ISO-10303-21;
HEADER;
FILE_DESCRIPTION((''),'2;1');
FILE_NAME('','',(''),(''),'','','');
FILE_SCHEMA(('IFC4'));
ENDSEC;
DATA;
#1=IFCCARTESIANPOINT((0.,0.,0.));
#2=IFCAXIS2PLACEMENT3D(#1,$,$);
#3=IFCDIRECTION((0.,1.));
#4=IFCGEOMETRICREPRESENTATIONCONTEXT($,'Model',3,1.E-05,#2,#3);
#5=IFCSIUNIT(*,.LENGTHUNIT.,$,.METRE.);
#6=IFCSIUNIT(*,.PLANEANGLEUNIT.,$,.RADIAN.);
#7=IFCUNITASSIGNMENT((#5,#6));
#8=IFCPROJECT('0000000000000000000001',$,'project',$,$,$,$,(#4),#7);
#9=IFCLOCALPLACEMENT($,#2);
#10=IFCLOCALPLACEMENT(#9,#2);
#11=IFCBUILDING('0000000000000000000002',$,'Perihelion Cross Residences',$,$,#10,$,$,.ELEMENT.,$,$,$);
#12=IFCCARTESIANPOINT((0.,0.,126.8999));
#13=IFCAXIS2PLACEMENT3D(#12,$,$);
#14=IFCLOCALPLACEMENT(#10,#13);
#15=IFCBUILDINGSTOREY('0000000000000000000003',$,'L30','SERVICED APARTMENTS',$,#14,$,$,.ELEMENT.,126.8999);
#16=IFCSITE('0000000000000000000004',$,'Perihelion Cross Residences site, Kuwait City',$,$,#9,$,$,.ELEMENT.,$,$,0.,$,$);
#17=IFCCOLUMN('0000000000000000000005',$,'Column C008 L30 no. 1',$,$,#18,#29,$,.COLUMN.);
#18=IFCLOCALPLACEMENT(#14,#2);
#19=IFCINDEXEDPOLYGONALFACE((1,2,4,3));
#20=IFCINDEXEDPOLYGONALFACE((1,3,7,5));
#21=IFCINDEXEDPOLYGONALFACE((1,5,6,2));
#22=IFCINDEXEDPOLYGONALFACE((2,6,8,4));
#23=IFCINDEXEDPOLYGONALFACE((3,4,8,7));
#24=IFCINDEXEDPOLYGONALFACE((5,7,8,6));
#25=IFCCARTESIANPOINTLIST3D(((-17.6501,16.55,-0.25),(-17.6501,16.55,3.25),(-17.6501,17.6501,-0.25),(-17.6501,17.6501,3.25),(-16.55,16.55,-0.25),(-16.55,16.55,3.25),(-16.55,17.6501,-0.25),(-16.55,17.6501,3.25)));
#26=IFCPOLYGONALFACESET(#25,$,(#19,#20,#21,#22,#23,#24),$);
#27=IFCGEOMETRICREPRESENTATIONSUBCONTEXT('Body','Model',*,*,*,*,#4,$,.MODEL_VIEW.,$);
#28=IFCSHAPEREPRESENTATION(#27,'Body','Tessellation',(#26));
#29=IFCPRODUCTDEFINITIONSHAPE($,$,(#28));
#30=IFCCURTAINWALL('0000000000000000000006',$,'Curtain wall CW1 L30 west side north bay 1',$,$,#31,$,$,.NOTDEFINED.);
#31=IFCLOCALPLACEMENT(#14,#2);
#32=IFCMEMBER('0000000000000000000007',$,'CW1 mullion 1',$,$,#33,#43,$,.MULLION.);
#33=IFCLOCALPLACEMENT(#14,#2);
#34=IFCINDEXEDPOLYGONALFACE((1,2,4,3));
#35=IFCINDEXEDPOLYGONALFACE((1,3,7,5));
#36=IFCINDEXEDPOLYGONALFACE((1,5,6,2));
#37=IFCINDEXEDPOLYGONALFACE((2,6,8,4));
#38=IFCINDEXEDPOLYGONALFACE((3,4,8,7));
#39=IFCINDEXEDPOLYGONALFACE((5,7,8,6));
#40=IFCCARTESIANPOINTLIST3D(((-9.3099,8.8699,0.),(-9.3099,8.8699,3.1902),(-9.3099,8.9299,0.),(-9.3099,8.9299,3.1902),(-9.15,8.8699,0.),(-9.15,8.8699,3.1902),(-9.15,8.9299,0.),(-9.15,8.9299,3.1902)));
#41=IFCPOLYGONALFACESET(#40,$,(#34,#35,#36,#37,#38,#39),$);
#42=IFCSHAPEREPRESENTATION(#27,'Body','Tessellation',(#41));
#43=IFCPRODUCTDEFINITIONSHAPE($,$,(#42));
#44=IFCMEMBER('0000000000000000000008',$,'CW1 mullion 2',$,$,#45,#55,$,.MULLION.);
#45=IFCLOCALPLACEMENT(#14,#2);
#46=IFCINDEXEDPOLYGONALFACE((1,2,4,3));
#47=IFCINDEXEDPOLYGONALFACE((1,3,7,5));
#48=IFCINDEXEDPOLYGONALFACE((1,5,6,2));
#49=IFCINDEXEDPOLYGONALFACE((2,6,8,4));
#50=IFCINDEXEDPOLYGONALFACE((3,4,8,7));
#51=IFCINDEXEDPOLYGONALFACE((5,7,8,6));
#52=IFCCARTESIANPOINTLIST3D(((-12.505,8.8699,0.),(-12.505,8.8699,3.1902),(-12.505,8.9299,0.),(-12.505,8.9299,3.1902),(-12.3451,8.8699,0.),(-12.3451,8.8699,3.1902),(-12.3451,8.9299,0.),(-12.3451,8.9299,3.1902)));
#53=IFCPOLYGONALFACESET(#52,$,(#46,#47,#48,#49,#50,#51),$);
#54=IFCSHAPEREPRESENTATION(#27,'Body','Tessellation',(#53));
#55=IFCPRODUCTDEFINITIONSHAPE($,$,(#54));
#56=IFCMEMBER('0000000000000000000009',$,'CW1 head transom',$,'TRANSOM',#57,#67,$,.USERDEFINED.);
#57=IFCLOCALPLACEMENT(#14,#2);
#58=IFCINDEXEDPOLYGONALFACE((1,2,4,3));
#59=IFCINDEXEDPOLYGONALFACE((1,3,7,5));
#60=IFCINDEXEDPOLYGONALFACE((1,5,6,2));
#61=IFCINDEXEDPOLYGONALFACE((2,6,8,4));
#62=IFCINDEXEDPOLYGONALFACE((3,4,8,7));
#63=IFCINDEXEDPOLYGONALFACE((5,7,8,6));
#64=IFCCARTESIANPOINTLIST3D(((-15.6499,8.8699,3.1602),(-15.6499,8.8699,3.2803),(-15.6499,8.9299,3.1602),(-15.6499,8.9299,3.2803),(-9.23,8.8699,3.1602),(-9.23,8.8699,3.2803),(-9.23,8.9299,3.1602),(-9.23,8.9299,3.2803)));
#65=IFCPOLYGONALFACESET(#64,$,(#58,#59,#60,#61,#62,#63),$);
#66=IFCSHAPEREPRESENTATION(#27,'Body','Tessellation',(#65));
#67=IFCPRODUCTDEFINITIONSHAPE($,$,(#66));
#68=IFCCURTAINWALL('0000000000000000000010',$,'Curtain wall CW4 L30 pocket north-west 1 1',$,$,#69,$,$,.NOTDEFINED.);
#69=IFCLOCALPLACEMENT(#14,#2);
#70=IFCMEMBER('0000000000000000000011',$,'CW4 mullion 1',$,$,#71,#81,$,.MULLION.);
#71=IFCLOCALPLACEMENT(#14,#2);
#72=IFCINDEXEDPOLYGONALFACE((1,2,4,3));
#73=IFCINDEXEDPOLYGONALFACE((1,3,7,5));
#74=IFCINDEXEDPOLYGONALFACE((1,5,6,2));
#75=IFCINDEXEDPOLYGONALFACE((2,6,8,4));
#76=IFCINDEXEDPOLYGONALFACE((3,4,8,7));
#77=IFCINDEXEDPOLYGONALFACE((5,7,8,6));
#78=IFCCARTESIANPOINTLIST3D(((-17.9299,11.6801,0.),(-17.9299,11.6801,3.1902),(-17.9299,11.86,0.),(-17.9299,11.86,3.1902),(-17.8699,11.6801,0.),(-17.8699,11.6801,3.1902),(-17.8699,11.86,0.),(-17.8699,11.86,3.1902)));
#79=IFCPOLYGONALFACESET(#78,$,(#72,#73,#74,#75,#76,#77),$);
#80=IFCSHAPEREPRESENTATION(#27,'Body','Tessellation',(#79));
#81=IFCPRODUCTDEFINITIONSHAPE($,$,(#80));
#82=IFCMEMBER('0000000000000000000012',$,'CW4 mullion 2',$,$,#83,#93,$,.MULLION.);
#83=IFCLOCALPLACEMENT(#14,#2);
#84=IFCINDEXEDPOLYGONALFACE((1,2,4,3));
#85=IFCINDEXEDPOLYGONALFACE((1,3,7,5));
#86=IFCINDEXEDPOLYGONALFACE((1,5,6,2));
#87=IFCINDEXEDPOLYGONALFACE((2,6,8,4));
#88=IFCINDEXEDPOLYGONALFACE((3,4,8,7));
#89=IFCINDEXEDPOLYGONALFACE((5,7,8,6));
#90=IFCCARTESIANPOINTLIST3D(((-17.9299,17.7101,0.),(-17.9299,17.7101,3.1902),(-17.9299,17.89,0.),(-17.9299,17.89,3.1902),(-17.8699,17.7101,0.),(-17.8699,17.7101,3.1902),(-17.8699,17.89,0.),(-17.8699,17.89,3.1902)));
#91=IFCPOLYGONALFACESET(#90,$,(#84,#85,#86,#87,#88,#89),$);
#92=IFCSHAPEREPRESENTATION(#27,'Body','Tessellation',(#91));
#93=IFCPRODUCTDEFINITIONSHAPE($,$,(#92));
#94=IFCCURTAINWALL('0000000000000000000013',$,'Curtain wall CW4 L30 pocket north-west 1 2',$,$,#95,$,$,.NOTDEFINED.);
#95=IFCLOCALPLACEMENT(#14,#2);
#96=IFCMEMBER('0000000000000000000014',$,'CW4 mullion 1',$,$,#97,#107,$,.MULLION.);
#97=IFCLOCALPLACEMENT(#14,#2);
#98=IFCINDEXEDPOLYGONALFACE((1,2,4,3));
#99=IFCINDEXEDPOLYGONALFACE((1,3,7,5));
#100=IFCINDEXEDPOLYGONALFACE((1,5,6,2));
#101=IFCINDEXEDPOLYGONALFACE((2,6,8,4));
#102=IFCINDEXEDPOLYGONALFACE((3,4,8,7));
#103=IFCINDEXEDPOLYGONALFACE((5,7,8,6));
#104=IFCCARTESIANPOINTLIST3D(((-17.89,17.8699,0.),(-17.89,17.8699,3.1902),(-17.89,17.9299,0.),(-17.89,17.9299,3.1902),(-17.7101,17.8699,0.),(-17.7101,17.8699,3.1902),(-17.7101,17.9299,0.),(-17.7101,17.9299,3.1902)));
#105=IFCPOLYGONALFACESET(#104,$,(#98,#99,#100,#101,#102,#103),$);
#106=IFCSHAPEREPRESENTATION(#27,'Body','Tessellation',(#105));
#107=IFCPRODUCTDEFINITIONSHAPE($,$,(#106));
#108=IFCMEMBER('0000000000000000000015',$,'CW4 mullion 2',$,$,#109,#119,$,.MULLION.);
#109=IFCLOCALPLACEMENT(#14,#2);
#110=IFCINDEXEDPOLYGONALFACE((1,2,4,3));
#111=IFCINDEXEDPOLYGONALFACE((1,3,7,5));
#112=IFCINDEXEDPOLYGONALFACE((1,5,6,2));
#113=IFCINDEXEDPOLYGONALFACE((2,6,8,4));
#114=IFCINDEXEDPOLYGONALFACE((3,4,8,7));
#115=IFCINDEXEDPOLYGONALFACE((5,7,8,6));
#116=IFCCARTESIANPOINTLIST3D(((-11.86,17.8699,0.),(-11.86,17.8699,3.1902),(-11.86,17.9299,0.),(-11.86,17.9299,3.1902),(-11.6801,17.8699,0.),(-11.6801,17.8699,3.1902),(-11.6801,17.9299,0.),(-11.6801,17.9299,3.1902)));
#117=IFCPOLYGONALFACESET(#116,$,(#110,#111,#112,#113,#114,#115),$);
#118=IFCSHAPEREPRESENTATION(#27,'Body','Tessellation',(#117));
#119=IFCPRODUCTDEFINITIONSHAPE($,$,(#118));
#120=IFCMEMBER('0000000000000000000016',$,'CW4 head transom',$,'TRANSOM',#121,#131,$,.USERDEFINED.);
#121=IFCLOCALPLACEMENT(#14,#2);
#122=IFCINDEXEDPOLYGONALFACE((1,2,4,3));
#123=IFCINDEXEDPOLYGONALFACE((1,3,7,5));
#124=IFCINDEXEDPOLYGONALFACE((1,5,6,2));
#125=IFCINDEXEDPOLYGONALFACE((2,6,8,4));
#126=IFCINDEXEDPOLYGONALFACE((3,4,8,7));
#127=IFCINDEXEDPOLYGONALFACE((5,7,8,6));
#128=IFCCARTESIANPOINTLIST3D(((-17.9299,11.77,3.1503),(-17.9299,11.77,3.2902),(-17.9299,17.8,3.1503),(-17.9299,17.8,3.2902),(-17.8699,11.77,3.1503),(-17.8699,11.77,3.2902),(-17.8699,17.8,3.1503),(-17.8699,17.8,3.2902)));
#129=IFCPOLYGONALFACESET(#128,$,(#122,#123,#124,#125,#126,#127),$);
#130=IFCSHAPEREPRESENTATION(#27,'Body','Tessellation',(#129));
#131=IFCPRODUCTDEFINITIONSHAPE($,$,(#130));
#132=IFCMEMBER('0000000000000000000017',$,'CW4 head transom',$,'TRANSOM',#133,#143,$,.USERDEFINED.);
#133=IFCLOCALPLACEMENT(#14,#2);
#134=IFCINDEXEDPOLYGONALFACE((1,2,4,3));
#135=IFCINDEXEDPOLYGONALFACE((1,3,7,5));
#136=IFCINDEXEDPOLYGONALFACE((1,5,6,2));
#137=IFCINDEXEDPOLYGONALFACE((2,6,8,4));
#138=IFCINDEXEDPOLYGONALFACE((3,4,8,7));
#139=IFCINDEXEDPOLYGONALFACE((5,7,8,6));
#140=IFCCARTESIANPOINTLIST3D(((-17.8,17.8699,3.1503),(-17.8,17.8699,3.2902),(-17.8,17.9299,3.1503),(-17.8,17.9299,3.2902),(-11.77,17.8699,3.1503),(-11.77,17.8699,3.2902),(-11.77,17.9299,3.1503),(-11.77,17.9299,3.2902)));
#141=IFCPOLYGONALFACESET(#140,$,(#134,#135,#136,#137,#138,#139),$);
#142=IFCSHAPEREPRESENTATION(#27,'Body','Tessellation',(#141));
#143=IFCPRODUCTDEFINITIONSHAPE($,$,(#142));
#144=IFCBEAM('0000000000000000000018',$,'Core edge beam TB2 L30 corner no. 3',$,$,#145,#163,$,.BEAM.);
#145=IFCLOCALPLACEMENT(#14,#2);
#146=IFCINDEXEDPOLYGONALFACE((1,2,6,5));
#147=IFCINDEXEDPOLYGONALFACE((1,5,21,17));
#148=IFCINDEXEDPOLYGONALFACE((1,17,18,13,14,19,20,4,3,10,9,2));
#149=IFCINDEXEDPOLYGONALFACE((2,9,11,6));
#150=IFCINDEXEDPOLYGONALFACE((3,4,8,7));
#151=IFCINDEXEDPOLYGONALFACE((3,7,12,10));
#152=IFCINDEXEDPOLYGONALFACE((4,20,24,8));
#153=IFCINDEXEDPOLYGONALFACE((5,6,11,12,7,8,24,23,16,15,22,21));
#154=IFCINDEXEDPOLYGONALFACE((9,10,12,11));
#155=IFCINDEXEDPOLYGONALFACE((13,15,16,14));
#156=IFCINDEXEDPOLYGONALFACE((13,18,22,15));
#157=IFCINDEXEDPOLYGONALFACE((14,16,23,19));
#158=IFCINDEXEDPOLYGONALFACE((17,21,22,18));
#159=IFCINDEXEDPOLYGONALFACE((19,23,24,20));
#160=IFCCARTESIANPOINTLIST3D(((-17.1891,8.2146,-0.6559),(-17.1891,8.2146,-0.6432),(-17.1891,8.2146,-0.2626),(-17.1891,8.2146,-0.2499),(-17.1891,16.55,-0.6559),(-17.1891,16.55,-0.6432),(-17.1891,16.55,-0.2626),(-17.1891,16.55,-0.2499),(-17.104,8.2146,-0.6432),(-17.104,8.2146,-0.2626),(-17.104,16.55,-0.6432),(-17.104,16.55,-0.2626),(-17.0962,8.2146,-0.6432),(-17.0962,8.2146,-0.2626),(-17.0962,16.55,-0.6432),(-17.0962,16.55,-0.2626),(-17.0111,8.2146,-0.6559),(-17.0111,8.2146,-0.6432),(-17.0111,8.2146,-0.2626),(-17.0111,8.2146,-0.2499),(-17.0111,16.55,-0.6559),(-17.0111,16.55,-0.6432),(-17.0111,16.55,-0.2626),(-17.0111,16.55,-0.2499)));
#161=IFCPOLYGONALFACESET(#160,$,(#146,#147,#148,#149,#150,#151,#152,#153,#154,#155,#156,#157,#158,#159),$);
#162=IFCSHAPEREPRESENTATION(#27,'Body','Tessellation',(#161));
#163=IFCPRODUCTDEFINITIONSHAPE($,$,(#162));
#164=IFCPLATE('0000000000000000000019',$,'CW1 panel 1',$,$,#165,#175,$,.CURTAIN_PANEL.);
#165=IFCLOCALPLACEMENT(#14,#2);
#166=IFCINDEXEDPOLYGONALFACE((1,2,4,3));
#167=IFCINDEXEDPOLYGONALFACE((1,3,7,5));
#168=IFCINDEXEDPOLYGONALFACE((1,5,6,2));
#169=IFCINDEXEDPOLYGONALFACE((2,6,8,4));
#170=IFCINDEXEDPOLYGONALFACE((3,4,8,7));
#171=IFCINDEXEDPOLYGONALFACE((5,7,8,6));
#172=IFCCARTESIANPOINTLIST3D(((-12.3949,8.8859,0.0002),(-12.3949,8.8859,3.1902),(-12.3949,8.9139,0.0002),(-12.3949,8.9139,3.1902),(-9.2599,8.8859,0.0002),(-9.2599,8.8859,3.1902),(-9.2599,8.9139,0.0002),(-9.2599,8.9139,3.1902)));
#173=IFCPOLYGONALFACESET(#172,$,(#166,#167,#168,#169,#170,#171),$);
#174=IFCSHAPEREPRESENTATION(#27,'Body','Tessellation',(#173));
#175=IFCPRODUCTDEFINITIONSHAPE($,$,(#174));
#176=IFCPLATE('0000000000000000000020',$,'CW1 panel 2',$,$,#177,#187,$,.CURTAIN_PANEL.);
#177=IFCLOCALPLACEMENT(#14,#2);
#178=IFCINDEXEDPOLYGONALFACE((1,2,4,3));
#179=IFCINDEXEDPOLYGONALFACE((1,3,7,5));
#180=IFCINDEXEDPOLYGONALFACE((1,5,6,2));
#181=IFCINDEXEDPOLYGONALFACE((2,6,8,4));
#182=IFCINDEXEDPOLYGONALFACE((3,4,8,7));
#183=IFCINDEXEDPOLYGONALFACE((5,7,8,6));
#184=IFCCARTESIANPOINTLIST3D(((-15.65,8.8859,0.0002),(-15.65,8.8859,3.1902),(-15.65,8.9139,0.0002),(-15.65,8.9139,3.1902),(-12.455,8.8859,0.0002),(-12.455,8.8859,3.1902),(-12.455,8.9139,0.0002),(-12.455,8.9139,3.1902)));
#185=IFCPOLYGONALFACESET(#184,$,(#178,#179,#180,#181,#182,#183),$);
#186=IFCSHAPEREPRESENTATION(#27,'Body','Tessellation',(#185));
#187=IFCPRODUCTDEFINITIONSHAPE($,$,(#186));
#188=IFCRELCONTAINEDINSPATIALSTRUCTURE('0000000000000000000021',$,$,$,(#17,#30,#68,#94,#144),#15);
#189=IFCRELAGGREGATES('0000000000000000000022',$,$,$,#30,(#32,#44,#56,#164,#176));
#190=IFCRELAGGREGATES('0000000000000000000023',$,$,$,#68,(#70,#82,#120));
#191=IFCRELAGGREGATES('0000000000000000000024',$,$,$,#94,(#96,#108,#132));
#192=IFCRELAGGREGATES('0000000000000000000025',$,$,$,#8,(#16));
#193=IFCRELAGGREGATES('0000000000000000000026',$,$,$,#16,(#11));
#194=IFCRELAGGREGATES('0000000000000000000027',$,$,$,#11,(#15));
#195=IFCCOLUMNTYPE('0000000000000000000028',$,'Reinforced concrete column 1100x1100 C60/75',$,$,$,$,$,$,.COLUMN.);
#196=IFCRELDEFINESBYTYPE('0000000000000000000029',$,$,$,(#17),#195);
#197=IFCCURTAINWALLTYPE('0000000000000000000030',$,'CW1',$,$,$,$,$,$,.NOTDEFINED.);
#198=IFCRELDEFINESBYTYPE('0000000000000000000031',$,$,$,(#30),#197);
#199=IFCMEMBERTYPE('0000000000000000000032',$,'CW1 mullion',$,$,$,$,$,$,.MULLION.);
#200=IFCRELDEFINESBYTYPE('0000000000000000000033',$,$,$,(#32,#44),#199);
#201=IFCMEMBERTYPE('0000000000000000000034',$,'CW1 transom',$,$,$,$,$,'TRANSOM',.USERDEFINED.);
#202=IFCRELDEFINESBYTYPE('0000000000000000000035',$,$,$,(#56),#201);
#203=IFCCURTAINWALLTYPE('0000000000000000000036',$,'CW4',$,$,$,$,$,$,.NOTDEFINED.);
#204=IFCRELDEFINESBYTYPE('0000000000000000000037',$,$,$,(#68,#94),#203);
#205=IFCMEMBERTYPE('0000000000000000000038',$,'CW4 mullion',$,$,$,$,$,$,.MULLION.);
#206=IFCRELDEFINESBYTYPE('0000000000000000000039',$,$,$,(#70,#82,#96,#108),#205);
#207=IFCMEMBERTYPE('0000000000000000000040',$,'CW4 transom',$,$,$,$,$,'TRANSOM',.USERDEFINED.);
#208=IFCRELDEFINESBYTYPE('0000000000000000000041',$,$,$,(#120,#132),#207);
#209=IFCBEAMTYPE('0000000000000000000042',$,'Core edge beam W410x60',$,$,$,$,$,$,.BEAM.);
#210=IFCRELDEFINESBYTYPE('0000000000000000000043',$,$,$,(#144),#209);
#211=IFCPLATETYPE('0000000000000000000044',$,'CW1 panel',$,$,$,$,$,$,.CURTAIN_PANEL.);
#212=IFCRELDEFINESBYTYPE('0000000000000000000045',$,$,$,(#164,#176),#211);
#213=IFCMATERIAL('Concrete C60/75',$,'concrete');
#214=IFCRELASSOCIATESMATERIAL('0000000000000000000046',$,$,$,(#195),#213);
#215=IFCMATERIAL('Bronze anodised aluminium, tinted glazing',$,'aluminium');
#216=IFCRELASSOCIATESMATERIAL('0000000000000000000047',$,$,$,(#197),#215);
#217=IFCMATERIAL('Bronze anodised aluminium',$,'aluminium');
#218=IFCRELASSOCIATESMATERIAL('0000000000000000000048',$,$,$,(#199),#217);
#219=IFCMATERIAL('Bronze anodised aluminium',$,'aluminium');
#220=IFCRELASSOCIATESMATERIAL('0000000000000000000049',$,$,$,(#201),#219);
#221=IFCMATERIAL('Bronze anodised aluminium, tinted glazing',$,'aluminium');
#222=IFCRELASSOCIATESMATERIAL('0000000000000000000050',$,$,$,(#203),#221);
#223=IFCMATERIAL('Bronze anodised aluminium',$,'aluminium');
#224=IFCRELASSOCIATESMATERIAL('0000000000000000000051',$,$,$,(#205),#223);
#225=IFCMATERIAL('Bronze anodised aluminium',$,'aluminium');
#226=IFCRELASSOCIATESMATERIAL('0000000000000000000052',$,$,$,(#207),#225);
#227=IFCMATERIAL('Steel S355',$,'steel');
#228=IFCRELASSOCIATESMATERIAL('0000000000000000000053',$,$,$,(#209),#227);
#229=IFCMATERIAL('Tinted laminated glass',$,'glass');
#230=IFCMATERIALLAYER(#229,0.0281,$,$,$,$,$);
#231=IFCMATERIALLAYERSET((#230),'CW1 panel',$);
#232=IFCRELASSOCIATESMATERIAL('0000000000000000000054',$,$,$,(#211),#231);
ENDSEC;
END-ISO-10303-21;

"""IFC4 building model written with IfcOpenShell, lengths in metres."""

from ifc_helpers import new_model, si_unit, direction, frame, origin, origin_2d, place, context, subcontext, project, spatial, rectangle, i_section, extrude, material, layer, layer_set, material_profile, profile_set, type_object, element, aggregate, save


model = new_model("IFC4")

# Units and contexts
model_context = context("Model", 3, precision=1e-05, world=origin(), true_north=direction((0.0, 1.0)))
body_context = subcontext(model_context, "Body", "Model", "MODEL_VIEW")
ifc_project = project(units=[si_unit("LENGTHUNIT", "METRE"), si_unit("PLANEANGLEUNIT", "RADIAN")], contexts=[model_context])

# Site, building, storey
site_placement = place(None, origin())
site = spatial("IfcSite", under=ifc_project, at=site_placement, Name="Perihelion Cross Residences site, Kuwait City", CompositionType="ELEMENT", RefElevation=0.0)
building_placement = place(site_placement, origin())
building = spatial("IfcBuilding", under=site, at=building_placement, Name="Perihelion Cross Residences", CompositionType="ELEMENT")
storey_placement = place(building_placement, frame((0.0, 0.0, 126.8999)))
storey = spatial("IfcBuildingStorey", under=building, at=storey_placement, Name="L30", Description="SERVICED APARTMENTS", CompositionType="ELEMENT", Elevation=126.8999)

# Column
ifc_material_1 = material(Name="Concrete C60/75", Category="concrete")
ifc_material_profile_1 = material_profile(ifc_material_1, rectangle(XDim=1.1001, YDim=1.1001, at=origin_2d()), Name="RC 1100x1100")
ifc_profile_set_1 = profile_set([ifc_material_profile_1], Name="Concrete C60/75")
column_type = type_object("IfcColumnType", Name="Reinforced concrete column 1100x1100 C60/75", PredefinedType="COLUMN", material=ifc_profile_set_1)
column_placement = place(storey_placement, frame((-17.1001, 17.1001, -0.25), z_axis=(0.0, 0.0, 1.0), x_axis=(1.0, 0.0, 0.0)))
element("IfcColumn", 1, at=column_placement, inside=storey, type_object=column_type, Name="Column C008 L30 no. 1", PredefinedType="COLUMN", context=body_context, shape_type="SweptSolid", body=[
    extrude(rectangle(XDim=1.1001, YDim=1.1001, at=origin_2d()), origin(), (0.0, 0.0, 1.0), 3.5),
])

# Curtain walls, members
ifc_material_2 = material(Name="Bronze anodised aluminium, tinted glazing", Category="aluminium")
curtain_wall_type_1 = type_object("IfcCurtainWallType", Name="CW1", PredefinedType="NOTDEFINED", material=ifc_material_2)
curtain_wall_1_placement = place(storey_placement, origin())
curtain_wall_1 = element("IfcCurtainWall", 2, at=curtain_wall_1_placement, inside=storey, type_object=curtain_wall_type_1, Name="Curtain wall CW1 L30 west side north bay 1", PredefinedType="NOTDEFINED")
ifc_material_3 = material(Name="Bronze anodised aluminium", Category="aluminium")
ifc_material_profile_2 = material_profile(ifc_material_3, rectangle(XDim=0.0601, YDim=0.1599, at=origin_2d()), Name="CW1 mullion")
ifc_profile_set_2 = profile_set([ifc_material_profile_2], Name="Bronze anodised aluminium")
member_type_1 = type_object("IfcMemberType", Name="CW1 mullion", PredefinedType="MULLION", material=ifc_profile_set_2)
member_1_placement = place(storey_placement, frame((-9.23, 8.8999, 0.0), z_axis=(0.0, 0.0, 1.0), x_axis=(0.0, -1.0, 0.0)))
member_1 = element("IfcMember", 3, at=member_1_placement, type_object=member_type_1, Name="CW1 mullion 1", PredefinedType="MULLION", context=body_context, shape_type="SweptSolid", body=[
    extrude(rectangle(XDim=0.0601, YDim=0.1599, at=origin_2d()), origin(), (0.0, 0.0, 1.0), 3.1902),
])
member_2_placement = place(storey_placement, frame((-12.425, 8.8999, 0.0), z_axis=(0.0, 0.0, 1.0), x_axis=(0.0, -1.0, 0.0)))
member_2 = element("IfcMember", 4, at=member_2_placement, type_object=member_type_1, Name="CW1 mullion 2", PredefinedType="MULLION", context=body_context, shape_type="SweptSolid", body=[
    extrude(rectangle(XDim=0.0601, YDim=0.1599, at=origin_2d()), origin(), (0.0, 0.0, 1.0), 3.1902),
])
ifc_material_4 = material(Name="Bronze anodised aluminium", Category="aluminium")
ifc_material_profile_3 = material_profile(ifc_material_4, rectangle(XDim=0.0601, YDim=0.1201, at=origin_2d()), Name="CW1 transom")
ifc_profile_set_3 = profile_set([ifc_material_profile_3], Name="Bronze anodised aluminium")
member_type_2 = type_object("IfcMemberType", Name="CW1 transom", ElementType="TRANSOM", PredefinedType="USERDEFINED", material=ifc_profile_set_3)
member_3_placement = place(storey_placement, frame((-9.23, 8.8999, 3.2202), z_axis=(-1.0, 0.0, 0.0), x_axis=(0.0, -1.0, 0.0)))
member_3 = element("IfcMember", 5, at=member_3_placement, type_object=member_type_2, Name="CW1 head transom", ObjectType="TRANSOM", PredefinedType="USERDEFINED", context=body_context, shape_type="SweptSolid", body=[
    extrude(rectangle(XDim=0.0601, YDim=0.1201, at=origin_2d()), origin(), (0.0, 0.0, 1.0), 6.4199),
])
ifc_material_5 = material(Name="Bronze anodised aluminium, tinted glazing", Category="aluminium")
curtain_wall_type_2 = type_object("IfcCurtainWallType", Name="CW4", PredefinedType="NOTDEFINED", material=ifc_material_5)
curtain_wall_2_placement = place(storey_placement, origin())
curtain_wall_2 = element("IfcCurtainWall", 6, at=curtain_wall_2_placement, inside=storey, type_object=curtain_wall_type_2, Name="Curtain wall CW4 L30 pocket north-west 1 1", PredefinedType="NOTDEFINED")
ifc_material_6 = material(Name="Bronze anodised aluminium", Category="aluminium")
ifc_material_profile_4 = material_profile(ifc_material_6, rectangle(XDim=0.0601, YDim=0.1799, at=origin_2d()), Name="CW4 mullion")
ifc_profile_set_4 = profile_set([ifc_material_profile_4], Name="Bronze anodised aluminium")
member_type_3 = type_object("IfcMemberType", Name="CW4 mullion", PredefinedType="MULLION", material=ifc_profile_set_4)
member_4_placement = place(storey_placement, frame((-17.8999, 11.77, 0.0), z_axis=(0.0, 0.0, 1.0), x_axis=(-1.0, 0.0, 0.0)))
member_4 = element("IfcMember", 7, at=member_4_placement, type_object=member_type_3, Name="CW4 mullion 1", PredefinedType="MULLION", context=body_context, shape_type="SweptSolid", body=[
    extrude(rectangle(XDim=0.0601, YDim=0.1799, at=origin_2d()), origin(), (0.0, 0.0, 1.0), 3.1902),
])
member_5_placement = place(storey_placement, frame((-17.8999, 17.8, 0.0), z_axis=(0.0, 0.0, 1.0), x_axis=(-1.0, 0.0, 0.0)))
member_5 = element("IfcMember", 8, at=member_5_placement, type_object=member_type_3, Name="CW4 mullion 2", PredefinedType="MULLION", context=body_context, shape_type="SweptSolid", body=[
    extrude(rectangle(XDim=0.0601, YDim=0.1799, at=origin_2d()), origin(), (0.0, 0.0, 1.0), 3.1902),
])
curtain_wall_3_placement = place(storey_placement, origin())
curtain_wall_3 = element("IfcCurtainWall", 9, at=curtain_wall_3_placement, inside=storey, type_object=curtain_wall_type_2, Name="Curtain wall CW4 L30 pocket north-west 1 2", PredefinedType="NOTDEFINED")
member_6_placement = place(storey_placement, frame((-17.8, 17.8999, 0.0), z_axis=(0.0, 0.0, 1.0), x_axis=(0.0, 1.0, 0.0)))
member_6 = element("IfcMember", 10, at=member_6_placement, type_object=member_type_3, Name="CW4 mullion 1", PredefinedType="MULLION", context=body_context, shape_type="SweptSolid", body=[
    extrude(rectangle(XDim=0.0601, YDim=0.1799, at=origin_2d()), origin(), (0.0, 0.0, 1.0), 3.1902),
])
member_7_placement = place(storey_placement, frame((-11.77, 17.8999, 0.0), z_axis=(0.0, 0.0, 1.0), x_axis=(0.0, 1.0, 0.0)))
member_7 = element("IfcMember", 11, at=member_7_placement, type_object=member_type_3, Name="CW4 mullion 2", PredefinedType="MULLION", context=body_context, shape_type="SweptSolid", body=[
    extrude(rectangle(XDim=0.0601, YDim=0.1799, at=origin_2d()), origin(), (0.0, 0.0, 1.0), 3.1902),
])

# Members
ifc_material_7 = material(Name="Bronze anodised aluminium", Category="aluminium")
ifc_material_profile_5 = material_profile(ifc_material_7, rectangle(XDim=0.0601, YDim=0.1399, at=origin_2d()), Name="CW4 transom")
ifc_profile_set_5 = profile_set([ifc_material_profile_5], Name="Bronze anodised aluminium")
member_type_4 = type_object("IfcMemberType", Name="CW4 transom", ElementType="TRANSOM", PredefinedType="USERDEFINED", material=ifc_profile_set_5)
member_8_placement = place(storey_placement, frame((-17.8999, 11.77, 3.2202), z_axis=(0.0, 1.0, 0.0), x_axis=(-1.0, 0.0, 0.0)))
member_8 = element("IfcMember", 12, at=member_8_placement, type_object=member_type_4, Name="CW4 head transom", ObjectType="TRANSOM", PredefinedType="USERDEFINED", context=body_context, shape_type="SweptSolid", body=[
    extrude(rectangle(XDim=0.0601, YDim=0.1399, at=origin_2d()), origin(), (0.0, 0.0, 1.0), 6.03),
])
member_9_placement = place(storey_placement, frame((-17.8, 17.8999, 3.2202), z_axis=(1.0, 0.0, 0.0), x_axis=(0.0, 1.0, 0.0)))
member_9 = element("IfcMember", 13, at=member_9_placement, type_object=member_type_4, Name="CW4 head transom", ObjectType="TRANSOM", PredefinedType="USERDEFINED", context=body_context, shape_type="SweptSolid", body=[
    extrude(rectangle(XDim=0.0601, YDim=0.1399, at=origin_2d()), origin(), (0.0, 0.0, 1.0), 6.03),
])

# Beam
ifc_material_8 = material(Name="Steel S355", Category="steel")
ifc_material_profile_6 = material_profile(ifc_material_8, i_section(OverallWidth=0.178, OverallDepth=0.406, WebThickness=0.0078, FlangeThickness=0.0127, at=origin_2d()), Name="W410x60")
ifc_profile_set_6 = profile_set([ifc_material_profile_6], Name="Steel S355")
beam_type = type_object("IfcBeamType", Name="Core edge beam W410x60", PredefinedType="BEAM", material=ifc_profile_set_6)
beam_placement = place(storey_placement, frame((-17.1001, 8.2146, -0.4529), z_axis=(0.0, 1.0, 0.0), x_axis=(-1.0, 0.0, 0.0)))
element("IfcBeam", 14, at=beam_placement, inside=storey, type_object=beam_type, Name="Core edge beam TB2 L30 corner no. 3", PredefinedType="BEAM", context=body_context, shape_type="SweptSolid", body=[
    extrude(i_section(OverallWidth=0.178, OverallDepth=0.406, WebThickness=0.0078, FlangeThickness=0.0127, at=origin_2d()), origin(), (0.0, 0.0, 1.0), 8.3354),
])

# Plates
ifc_material_9 = material(Name="Tinted laminated glass", Category="glass")
ifc_layer_1 = layer(ifc_material_9, 0.0281)
ifc_layer_set_1 = layer_set([ifc_layer_1], Name="CW1 panel")
plate_type_1 = type_object("IfcPlateType", Name="CW1 panel", PredefinedType="CURTAIN_PANEL", material=ifc_layer_set_1)
plate_1_placement = place(storey_placement, frame((-10.8274, 8.8999, 0.0002), z_axis=(0.0, 0.0, 1.0), x_axis=(-1.0, 0.0, 0.0)))
plate_1 = element("IfcPlate", 15, at=plate_1_placement, type_object=plate_type_1, Name="CW1 panel 1", PredefinedType="CURTAIN_PANEL", context=body_context, shape_type="SweptSolid", body=[
    extrude(rectangle(XDim=3.135, YDim=0.0281, at=origin_2d()), origin(), (0.0, 0.0, 1.0), 3.1899),
])
plate_2_placement = place(storey_placement, frame((-14.0525, 8.8999, 0.0002), z_axis=(0.0, 0.0, 1.0), x_axis=(-1.0, 0.0, 0.0)))
plate_2 = element("IfcPlate", 16, at=plate_2_placement, type_object=plate_type_1, Name="CW1 panel 2", PredefinedType="CURTAIN_PANEL", context=body_context, shape_type="SweptSolid", body=[
    extrude(rectangle(XDim=3.1951, YDim=0.0281, at=origin_2d()), origin(), (0.0, 0.0, 1.0), 3.1899),
])
aggregate(curtain_wall_1, [member_1, member_2, member_3, plate_1, plate_2])
aggregate(curtain_wall_2, [member_4, member_5, member_8])
aggregate(curtain_wall_3, [member_6, member_7, member_9])

save(model, "model.ifc")
